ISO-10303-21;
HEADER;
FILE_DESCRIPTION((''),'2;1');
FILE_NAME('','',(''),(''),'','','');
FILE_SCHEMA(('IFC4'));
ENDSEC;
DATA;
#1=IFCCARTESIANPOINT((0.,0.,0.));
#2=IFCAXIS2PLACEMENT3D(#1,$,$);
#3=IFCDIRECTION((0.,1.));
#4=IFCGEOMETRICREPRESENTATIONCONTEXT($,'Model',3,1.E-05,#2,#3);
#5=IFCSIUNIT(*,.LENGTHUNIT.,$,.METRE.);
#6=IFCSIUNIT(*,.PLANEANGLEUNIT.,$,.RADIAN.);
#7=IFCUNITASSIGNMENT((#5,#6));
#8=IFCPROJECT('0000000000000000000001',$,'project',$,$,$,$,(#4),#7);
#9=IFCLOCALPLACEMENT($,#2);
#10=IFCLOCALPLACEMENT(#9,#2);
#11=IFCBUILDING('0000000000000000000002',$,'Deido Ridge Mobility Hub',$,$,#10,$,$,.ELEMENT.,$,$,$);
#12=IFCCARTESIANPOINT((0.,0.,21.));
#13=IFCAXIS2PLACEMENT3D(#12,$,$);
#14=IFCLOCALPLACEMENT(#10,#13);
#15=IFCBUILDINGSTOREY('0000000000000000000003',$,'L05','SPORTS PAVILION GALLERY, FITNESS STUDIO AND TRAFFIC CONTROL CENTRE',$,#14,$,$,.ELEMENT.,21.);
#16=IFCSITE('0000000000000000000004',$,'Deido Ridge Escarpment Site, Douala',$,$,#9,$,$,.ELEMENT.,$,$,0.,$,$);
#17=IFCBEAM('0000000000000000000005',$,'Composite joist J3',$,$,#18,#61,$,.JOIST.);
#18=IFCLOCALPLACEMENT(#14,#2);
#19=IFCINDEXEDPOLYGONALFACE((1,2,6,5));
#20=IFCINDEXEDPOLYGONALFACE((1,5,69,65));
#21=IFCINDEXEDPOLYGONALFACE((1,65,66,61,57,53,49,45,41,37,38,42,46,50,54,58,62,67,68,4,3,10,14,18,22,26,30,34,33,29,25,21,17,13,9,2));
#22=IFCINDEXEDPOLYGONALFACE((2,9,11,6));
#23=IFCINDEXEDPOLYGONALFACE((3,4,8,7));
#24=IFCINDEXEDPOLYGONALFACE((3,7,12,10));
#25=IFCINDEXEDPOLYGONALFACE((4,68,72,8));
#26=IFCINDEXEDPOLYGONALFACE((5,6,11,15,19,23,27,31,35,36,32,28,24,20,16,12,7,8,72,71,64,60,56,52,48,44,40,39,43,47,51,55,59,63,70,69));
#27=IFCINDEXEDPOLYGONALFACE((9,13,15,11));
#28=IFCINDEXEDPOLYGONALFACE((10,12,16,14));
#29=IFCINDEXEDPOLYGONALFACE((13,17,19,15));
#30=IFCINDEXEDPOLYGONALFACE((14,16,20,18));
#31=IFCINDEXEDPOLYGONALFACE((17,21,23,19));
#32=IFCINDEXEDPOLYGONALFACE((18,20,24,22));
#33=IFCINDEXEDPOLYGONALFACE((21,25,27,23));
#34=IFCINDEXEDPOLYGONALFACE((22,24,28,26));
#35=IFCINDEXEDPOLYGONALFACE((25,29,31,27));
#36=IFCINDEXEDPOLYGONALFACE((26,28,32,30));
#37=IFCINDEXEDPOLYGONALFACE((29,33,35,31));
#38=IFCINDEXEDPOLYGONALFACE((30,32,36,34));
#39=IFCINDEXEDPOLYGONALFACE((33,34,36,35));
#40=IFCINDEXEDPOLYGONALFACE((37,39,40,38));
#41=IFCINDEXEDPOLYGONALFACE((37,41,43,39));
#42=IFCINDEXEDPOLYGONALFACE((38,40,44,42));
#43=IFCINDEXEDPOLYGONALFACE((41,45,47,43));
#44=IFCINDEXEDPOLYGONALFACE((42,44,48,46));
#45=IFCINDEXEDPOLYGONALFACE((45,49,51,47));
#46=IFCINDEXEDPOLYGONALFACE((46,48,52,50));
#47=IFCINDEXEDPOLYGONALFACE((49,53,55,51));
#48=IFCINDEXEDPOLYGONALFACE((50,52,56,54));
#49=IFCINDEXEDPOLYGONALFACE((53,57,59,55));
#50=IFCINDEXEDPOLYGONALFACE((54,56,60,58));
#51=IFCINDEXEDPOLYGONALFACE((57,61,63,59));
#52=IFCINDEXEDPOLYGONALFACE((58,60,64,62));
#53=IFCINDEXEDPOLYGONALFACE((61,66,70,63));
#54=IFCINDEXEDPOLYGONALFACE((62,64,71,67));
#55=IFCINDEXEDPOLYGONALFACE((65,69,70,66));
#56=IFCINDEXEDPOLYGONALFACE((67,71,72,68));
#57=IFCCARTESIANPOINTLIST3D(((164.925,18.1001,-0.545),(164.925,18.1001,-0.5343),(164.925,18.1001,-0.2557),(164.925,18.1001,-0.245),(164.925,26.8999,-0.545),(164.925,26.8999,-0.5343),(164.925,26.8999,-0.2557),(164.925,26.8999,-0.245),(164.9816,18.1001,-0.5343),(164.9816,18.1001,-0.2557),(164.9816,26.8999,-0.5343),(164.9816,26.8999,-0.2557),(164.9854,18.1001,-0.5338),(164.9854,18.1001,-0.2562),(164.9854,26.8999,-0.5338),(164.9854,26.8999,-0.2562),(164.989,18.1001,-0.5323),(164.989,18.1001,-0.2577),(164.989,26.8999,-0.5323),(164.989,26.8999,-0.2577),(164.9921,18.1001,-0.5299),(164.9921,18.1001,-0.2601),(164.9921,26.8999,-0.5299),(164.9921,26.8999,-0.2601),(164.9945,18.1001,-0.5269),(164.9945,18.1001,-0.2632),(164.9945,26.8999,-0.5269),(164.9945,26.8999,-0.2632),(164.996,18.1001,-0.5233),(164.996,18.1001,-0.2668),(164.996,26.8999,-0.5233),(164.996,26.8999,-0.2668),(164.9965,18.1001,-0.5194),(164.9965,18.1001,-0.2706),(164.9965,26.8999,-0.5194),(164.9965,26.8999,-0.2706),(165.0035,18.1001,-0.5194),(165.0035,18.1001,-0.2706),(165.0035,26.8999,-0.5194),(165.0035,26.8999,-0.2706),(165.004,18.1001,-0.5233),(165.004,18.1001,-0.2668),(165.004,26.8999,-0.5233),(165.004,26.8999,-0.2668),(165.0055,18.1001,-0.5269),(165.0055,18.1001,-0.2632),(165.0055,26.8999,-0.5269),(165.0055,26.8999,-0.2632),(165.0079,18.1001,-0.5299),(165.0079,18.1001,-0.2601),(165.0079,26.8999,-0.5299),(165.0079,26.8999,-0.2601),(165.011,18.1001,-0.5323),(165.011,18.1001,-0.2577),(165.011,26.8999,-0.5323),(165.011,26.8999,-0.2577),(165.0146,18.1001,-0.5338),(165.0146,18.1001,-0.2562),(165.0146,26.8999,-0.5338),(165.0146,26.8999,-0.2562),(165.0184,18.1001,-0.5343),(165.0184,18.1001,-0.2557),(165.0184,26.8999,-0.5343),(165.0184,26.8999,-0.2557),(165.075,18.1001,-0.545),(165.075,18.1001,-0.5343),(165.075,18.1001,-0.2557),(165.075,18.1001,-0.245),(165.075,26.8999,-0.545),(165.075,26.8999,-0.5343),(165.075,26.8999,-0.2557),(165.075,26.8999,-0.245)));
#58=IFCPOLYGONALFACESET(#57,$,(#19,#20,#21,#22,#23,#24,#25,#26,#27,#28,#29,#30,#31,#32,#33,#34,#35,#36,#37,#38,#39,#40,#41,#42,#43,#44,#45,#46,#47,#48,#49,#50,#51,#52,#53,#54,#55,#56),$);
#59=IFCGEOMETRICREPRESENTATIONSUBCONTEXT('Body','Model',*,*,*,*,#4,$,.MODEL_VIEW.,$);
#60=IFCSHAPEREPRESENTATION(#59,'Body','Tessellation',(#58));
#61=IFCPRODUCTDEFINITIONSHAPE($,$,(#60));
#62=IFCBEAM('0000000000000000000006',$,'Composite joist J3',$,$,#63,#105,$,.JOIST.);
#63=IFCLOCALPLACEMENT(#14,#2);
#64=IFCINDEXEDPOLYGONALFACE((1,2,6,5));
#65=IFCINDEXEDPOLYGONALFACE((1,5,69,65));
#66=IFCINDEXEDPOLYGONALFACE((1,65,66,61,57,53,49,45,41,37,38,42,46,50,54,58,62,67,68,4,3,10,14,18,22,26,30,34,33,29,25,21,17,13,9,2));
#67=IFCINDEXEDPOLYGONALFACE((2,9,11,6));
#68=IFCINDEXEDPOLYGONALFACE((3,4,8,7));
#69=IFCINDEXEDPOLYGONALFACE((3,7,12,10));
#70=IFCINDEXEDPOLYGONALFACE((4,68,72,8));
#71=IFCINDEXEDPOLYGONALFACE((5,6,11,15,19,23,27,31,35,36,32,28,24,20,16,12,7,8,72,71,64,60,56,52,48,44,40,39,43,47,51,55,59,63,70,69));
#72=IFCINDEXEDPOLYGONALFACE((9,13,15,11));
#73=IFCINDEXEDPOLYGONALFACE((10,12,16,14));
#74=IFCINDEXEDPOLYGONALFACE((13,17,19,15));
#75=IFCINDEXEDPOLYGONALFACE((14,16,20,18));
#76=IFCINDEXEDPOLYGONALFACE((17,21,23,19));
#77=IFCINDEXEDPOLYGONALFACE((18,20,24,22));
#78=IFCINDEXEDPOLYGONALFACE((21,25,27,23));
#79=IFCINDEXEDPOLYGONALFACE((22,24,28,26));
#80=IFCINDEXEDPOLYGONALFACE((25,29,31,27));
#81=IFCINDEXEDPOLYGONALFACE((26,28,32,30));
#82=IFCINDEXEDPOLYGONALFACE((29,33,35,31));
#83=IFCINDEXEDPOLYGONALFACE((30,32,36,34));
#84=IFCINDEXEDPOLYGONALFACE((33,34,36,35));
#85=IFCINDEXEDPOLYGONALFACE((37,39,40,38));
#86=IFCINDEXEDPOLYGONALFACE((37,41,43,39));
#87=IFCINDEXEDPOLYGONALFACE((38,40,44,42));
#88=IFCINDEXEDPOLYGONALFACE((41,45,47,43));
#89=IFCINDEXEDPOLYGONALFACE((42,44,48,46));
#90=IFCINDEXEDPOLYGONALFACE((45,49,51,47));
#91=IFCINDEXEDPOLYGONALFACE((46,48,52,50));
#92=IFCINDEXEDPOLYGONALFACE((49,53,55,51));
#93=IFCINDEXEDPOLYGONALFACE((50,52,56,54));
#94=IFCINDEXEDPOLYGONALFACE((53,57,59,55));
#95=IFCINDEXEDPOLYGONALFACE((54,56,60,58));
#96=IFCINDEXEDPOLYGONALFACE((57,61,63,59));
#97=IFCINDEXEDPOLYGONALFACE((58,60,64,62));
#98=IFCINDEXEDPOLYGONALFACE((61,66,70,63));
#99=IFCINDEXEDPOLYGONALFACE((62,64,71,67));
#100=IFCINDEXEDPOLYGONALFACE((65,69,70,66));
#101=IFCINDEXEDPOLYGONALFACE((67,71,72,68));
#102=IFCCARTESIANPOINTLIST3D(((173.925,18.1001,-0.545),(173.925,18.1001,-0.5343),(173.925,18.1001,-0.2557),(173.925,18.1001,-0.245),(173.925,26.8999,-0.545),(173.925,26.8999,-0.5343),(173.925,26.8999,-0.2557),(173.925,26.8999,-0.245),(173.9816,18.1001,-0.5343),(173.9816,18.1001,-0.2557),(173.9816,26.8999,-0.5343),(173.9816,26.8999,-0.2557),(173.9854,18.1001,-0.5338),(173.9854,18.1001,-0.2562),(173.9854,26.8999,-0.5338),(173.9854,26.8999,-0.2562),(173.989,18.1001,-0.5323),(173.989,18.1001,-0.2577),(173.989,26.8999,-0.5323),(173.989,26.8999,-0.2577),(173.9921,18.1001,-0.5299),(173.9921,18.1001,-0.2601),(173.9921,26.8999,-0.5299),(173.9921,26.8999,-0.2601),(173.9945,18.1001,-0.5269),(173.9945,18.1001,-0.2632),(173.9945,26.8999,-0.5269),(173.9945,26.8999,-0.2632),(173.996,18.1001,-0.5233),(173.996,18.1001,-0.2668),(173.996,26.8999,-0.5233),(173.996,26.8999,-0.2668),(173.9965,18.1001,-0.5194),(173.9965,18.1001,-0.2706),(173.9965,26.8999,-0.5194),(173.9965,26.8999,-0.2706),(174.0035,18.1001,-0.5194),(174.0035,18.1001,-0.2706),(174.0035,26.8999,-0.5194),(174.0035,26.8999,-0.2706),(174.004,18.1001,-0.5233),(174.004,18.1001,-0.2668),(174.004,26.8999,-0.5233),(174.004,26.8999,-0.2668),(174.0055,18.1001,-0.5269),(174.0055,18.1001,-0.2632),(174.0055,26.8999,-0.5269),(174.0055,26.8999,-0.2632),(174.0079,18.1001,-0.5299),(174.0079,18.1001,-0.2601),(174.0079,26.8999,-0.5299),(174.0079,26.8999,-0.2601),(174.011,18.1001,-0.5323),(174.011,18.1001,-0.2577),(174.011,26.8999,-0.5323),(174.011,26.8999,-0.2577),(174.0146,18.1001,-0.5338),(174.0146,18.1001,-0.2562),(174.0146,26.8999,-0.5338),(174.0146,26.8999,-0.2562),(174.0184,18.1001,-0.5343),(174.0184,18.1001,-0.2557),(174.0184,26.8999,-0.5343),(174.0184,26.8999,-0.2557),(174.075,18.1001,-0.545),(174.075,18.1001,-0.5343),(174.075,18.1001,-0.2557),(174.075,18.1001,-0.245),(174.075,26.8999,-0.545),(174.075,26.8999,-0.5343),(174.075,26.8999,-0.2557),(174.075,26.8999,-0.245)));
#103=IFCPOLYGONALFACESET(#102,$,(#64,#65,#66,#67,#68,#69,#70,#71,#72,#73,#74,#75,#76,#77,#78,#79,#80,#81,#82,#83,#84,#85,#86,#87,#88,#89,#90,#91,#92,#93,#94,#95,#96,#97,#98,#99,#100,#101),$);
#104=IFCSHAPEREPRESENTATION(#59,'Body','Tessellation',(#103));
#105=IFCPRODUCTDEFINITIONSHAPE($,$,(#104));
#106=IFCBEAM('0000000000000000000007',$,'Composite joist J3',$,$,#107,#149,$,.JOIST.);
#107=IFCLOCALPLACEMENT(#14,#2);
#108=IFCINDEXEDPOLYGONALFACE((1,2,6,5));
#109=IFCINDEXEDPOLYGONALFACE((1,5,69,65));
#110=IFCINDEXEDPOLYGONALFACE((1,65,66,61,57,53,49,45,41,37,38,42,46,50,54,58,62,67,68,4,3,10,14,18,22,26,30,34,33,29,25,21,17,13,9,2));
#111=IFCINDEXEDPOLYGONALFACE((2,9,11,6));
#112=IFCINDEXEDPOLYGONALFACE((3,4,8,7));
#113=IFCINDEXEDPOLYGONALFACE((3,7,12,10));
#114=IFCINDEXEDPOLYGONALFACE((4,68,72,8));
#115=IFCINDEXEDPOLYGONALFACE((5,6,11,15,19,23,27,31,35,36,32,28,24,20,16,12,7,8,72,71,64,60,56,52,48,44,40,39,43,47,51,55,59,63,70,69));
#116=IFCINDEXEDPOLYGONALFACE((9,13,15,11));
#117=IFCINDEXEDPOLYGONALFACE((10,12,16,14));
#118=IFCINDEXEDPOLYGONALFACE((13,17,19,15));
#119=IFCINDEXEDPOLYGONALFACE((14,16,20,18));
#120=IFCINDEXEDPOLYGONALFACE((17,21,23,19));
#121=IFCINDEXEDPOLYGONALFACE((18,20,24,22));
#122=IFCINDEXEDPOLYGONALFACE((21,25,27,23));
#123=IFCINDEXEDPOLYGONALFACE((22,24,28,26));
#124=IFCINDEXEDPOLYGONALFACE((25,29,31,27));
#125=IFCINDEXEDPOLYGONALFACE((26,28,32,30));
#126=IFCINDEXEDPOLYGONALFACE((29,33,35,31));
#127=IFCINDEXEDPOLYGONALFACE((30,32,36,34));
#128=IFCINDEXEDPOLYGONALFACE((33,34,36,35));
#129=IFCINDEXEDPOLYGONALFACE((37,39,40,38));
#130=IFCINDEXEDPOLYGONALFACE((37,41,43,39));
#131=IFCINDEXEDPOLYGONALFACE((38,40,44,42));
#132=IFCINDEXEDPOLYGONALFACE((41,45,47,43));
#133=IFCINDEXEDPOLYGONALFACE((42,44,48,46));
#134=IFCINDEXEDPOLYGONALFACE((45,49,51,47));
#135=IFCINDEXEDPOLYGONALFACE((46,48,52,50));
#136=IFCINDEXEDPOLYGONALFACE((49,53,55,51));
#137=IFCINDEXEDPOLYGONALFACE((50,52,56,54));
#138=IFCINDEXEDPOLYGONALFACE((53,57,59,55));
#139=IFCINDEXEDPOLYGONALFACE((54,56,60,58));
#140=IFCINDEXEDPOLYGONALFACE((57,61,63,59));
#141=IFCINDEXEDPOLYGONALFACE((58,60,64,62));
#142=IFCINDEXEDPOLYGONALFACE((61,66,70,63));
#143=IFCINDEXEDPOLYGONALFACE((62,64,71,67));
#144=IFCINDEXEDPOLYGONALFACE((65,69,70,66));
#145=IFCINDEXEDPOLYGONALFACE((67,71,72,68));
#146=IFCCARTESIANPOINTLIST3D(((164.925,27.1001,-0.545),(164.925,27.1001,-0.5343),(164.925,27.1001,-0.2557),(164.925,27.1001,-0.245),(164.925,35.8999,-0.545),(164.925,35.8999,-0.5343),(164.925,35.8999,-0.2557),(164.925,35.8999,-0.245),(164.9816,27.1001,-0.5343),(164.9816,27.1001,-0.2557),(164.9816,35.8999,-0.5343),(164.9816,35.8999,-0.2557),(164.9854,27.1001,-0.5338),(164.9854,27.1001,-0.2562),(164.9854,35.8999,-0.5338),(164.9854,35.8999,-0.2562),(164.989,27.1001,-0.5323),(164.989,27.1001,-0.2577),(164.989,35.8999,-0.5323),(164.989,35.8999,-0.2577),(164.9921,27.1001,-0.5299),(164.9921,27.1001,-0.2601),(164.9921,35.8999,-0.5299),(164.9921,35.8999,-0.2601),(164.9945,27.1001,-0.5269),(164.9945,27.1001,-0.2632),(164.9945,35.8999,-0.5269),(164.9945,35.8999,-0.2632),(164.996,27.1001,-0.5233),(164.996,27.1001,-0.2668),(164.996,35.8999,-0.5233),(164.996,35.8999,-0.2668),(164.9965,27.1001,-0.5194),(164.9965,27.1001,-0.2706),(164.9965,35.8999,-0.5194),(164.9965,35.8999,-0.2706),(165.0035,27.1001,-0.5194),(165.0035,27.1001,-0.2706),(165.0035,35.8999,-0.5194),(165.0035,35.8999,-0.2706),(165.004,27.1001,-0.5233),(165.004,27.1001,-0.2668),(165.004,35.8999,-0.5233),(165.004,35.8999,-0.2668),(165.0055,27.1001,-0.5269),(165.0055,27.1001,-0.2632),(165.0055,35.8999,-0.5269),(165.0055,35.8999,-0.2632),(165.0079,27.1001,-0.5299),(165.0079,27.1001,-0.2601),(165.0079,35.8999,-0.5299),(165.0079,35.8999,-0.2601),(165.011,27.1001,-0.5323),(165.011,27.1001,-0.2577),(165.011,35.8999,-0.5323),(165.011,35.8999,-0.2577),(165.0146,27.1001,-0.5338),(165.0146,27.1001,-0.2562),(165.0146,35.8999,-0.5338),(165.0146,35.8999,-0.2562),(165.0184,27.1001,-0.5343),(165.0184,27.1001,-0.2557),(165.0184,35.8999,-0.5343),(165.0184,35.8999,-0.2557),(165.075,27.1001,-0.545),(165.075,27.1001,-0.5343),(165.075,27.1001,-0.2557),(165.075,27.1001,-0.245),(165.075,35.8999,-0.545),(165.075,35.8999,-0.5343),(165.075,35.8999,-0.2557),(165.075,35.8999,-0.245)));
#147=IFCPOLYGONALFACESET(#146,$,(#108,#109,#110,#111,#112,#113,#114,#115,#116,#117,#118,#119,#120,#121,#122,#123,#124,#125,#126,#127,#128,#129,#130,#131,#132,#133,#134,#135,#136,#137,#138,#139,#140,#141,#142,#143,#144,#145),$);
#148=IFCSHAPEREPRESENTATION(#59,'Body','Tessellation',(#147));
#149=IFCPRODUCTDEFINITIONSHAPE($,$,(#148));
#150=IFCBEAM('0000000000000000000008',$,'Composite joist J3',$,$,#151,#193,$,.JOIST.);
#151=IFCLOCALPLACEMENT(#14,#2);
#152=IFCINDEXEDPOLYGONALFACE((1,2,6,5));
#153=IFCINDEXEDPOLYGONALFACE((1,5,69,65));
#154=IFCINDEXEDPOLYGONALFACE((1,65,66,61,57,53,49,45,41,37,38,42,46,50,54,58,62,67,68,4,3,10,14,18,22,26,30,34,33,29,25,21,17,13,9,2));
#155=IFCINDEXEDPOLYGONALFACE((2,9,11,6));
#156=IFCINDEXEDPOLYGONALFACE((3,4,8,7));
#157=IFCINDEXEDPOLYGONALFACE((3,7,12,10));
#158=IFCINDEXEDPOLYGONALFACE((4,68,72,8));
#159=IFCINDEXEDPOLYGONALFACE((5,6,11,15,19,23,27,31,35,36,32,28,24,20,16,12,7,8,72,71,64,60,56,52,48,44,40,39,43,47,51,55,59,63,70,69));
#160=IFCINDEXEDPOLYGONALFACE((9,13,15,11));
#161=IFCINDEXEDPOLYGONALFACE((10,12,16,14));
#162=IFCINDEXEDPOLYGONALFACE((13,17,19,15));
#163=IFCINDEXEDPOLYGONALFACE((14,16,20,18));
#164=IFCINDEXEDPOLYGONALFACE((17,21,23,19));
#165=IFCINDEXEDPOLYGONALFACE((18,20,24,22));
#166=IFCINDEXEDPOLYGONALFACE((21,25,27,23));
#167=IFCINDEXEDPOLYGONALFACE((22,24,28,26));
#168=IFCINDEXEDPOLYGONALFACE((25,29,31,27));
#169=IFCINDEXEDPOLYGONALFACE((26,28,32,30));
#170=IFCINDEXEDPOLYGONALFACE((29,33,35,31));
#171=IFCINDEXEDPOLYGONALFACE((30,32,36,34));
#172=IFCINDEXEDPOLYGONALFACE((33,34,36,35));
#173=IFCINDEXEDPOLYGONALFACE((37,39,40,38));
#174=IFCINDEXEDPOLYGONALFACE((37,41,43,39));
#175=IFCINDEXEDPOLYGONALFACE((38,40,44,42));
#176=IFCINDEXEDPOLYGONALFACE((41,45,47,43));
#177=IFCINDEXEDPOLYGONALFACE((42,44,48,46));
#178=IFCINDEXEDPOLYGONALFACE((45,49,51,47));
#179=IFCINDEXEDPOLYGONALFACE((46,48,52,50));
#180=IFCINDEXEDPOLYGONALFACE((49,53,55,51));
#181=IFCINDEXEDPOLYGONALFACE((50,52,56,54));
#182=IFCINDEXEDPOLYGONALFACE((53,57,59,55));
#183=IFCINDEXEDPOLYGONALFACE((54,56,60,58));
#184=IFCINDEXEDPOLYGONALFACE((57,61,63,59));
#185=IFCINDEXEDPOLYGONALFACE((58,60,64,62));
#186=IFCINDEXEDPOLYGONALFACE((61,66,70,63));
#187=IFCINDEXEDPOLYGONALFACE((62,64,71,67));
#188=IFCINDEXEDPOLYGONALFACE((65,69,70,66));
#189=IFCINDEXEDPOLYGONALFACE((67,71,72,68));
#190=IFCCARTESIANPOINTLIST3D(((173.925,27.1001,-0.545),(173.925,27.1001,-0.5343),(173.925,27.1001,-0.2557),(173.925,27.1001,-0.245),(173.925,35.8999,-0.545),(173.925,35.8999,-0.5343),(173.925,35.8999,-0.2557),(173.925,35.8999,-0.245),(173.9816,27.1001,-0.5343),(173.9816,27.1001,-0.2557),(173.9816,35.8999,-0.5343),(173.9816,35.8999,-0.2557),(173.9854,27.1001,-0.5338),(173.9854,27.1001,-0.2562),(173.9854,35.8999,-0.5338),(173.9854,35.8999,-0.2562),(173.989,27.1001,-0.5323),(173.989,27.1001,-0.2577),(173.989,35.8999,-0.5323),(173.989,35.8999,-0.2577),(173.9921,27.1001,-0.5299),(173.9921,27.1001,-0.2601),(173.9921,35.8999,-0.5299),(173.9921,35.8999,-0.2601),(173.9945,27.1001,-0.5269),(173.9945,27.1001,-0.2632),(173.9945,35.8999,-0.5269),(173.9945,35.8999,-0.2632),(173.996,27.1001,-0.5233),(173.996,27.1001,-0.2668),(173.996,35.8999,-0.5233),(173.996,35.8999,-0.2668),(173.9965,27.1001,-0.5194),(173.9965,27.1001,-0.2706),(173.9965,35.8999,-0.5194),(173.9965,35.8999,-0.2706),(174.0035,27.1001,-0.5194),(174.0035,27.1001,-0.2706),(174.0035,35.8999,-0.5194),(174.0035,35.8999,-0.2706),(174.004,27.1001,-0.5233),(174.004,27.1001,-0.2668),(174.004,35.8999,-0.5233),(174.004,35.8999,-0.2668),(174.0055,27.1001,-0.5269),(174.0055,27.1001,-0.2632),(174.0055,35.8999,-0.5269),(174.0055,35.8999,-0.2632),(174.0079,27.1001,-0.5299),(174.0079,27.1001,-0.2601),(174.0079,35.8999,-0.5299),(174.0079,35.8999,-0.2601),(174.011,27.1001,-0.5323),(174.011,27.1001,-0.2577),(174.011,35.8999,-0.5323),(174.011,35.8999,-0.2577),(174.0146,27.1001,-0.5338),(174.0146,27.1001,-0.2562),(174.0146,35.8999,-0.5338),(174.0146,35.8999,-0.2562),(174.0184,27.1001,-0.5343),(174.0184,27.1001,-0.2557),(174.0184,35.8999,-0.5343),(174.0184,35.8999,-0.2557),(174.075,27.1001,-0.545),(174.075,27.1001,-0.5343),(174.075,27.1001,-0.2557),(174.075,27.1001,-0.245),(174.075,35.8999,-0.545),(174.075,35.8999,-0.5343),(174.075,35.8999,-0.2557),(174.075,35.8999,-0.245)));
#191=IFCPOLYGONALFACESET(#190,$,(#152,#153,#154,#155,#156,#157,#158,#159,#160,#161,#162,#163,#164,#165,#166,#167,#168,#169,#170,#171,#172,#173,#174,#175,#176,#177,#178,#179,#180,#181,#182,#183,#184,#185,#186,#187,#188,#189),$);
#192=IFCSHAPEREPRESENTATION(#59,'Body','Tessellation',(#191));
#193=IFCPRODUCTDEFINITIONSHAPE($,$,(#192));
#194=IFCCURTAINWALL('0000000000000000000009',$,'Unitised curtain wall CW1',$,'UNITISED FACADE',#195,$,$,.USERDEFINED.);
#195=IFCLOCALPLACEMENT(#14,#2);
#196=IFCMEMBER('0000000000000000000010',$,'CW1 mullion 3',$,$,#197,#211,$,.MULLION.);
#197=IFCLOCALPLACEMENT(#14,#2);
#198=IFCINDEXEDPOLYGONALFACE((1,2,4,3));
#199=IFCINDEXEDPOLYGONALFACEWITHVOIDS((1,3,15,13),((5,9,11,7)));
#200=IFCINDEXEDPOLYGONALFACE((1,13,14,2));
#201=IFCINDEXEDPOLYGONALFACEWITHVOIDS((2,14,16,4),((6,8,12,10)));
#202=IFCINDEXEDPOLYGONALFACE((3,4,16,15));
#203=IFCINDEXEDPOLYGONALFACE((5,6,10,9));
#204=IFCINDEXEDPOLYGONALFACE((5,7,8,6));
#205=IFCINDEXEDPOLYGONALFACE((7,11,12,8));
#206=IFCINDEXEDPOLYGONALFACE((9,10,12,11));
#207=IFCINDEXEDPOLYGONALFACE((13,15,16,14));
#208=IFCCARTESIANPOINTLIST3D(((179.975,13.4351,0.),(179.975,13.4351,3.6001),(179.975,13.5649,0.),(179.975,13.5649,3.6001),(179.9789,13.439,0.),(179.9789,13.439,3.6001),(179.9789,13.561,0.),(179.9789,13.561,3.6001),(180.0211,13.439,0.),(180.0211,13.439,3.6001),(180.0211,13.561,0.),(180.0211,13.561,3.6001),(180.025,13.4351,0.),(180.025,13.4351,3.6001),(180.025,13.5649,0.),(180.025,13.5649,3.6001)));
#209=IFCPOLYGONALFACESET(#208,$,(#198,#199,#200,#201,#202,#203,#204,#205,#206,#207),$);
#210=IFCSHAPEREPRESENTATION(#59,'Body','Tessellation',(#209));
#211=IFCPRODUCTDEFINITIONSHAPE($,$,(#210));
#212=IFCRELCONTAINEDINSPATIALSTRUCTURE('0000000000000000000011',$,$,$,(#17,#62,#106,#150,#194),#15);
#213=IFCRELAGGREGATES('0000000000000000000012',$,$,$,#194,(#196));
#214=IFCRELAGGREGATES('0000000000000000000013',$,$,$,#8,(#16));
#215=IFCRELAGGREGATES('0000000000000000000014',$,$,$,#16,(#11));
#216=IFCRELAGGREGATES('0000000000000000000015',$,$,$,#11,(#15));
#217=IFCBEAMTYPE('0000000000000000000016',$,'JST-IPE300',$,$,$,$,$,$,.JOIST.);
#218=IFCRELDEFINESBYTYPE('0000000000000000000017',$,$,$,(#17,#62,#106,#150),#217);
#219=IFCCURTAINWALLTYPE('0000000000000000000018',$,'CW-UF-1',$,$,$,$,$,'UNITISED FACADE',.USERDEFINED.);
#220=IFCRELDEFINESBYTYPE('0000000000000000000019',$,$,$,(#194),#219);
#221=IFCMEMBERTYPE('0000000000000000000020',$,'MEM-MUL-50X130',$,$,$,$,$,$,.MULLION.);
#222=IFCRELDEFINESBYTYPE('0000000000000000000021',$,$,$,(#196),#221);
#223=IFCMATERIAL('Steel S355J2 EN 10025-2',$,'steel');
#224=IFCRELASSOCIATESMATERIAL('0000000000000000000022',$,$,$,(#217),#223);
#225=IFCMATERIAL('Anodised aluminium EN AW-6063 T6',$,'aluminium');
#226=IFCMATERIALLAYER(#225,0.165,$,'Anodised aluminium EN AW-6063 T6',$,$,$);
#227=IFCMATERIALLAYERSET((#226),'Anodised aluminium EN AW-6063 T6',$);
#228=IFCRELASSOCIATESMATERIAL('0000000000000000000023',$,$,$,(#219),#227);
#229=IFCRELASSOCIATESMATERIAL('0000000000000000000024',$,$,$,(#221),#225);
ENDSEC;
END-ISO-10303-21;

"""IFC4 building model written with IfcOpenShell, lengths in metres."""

from ifc_helpers import new_model, si_unit, direction, frame, origin, origin_2d, place, context, subcontext, project, spatial, hollow_rectangle, i_section, extrude, material, layer, layer_set, material_profile, profile_set, type_object, element, aggregate, save


model = new_model("IFC4")

# Units and contexts
model_context = context("Model", 3, precision=1e-05, world=origin(), true_north=direction((0.0, 1.0)))
body_context = subcontext(model_context, "Body", "Model", "MODEL_VIEW")
ifc_project = project(units=[si_unit("LENGTHUNIT", "METRE"), si_unit("PLANEANGLEUNIT", "RADIAN")], contexts=[model_context])

# Site, building, storey
site_placement = place(None, origin())
site = spatial("IfcSite", under=ifc_project, at=site_placement, Name="Deido Ridge Escarpment Site, Douala", CompositionType="ELEMENT", RefElevation=0.0)
building_placement = place(site_placement, origin())
building = spatial("IfcBuilding", under=site, at=building_placement, Name="Deido Ridge Mobility Hub", CompositionType="ELEMENT")
storey_placement = place(building_placement, frame((0.0, 0.0, 21.0)))
storey = spatial("IfcBuildingStorey", under=building, at=storey_placement, Name="L05", Description="SPORTS PAVILION GALLERY, FITNESS STUDIO AND TRAFFIC CONTROL CENTRE", CompositionType="ELEMENT", Elevation=21.0)

# Shared definitions
ifc_material_1 = material(Name="Steel S355J2 EN 10025-2", Category="steel")

# Beams
ifc_material_profile_1 = material_profile(ifc_material_1, i_section(OverallWidth=0.1499, OverallDepth=0.3, WebThickness=0.0071, FlangeThickness=0.0107, FilletRadius=0.0149, at=origin_2d()), Name="IPE 300")
ifc_profile_set_1 = profile_set([ifc_material_profile_1], Name="Steel S355J2 EN 10025-2")
beam_type_1 = type_object("IfcBeamType", Name="JST-IPE300", PredefinedType="JOIST", material=ifc_profile_set_1)
for number, where, z_axis, x_axis, name in (
    (1, (165.0, 18.1001, -0.395), (0.0, 1.0, 0.0), (-1.0, 0.0, 0.0), "Composite joist J3"),
    (2, (174.0, 18.1001, -0.395), (0.0, 1.0, 0.0), (-1.0, 0.0, 0.0), "Composite joist J3"),
    (3, (165.0, 27.1001, -0.395), (0.0, 1.0, 0.0), (-1.0, 0.0, 0.0), "Composite joist J3"),
    (4, (174.0, 27.1001, -0.395), (0.0, 1.0, 0.0), (-1.0, 0.0, 0.0), "Composite joist J3"),
):
    element("IfcBeam", number, at=place(storey_placement, frame(where, z_axis=z_axis, x_axis=x_axis)), inside=storey, type_object=beam_type_1, Name=name, PredefinedType="JOIST", context=body_context, shape_type="SweptSolid", body=[
        extrude(i_section(OverallWidth=0.1499, OverallDepth=0.3, WebThickness=0.0071, FlangeThickness=0.0107, FilletRadius=0.0149, at=origin_2d()), origin(), (0.0, 0.0, 1.0), 8.7998),
    ])

# Curtain wall, member
ifc_material_2 = material(Name="Anodised aluminium EN AW-6063 T6", Category="aluminium")
ifc_layer_1 = layer(ifc_material_2, 0.165, Name="Anodised aluminium EN AW-6063 T6")
ifc_layer_set_1 = layer_set([ifc_layer_1], Name="Anodised aluminium EN AW-6063 T6")
curtain_wall_type = type_object("IfcCurtainWallType", Name="CW-UF-1", ElementType="UNITISED FACADE", PredefinedType="USERDEFINED", material=ifc_layer_set_1)
curtain_wall_placement = place(storey_placement, origin())
curtain_wall = element("IfcCurtainWall", 5, at=curtain_wall_placement, inside=storey, type_object=curtain_wall_type, Name="Unitised curtain wall CW1", ObjectType="UNITISED FACADE", PredefinedType="USERDEFINED")
ifc_material_profile_2 = material_profile(ifc_material_2, hollow_rectangle(XDim=0.05, YDim=0.1299, WallThickness=0.0039, at=origin_2d()), Name="RHS 50x130x4")
ifc_profile_set_2 = profile_set([ifc_material_profile_2], Name="Anodised aluminium EN AW-6063 T6")
member_type = type_object("IfcMemberType", Name="MEM-MUL-50X130", PredefinedType="MULLION", material=ifc_profile_set_2)
member_placement = place(storey_placement, frame((180.0, 13.5, 0.0), z_axis=(0.0, 0.0, 1.0), x_axis=(-1.0, 0.0, 0.0)))
member = element("IfcMember", 6, at=member_placement, type_object=member_type, Name="CW1 mullion 3", PredefinedType="MULLION", context=body_context, shape_type="SweptSolid", body=[
    extrude(hollow_rectangle(XDim=0.05, YDim=0.1299, WallThickness=0.0039, at=origin_2d()), origin(), (0.0, 0.0, 1.0), 3.6001),
])
aggregate(curtain_wall, [member])

save(model, "model.ifc")
